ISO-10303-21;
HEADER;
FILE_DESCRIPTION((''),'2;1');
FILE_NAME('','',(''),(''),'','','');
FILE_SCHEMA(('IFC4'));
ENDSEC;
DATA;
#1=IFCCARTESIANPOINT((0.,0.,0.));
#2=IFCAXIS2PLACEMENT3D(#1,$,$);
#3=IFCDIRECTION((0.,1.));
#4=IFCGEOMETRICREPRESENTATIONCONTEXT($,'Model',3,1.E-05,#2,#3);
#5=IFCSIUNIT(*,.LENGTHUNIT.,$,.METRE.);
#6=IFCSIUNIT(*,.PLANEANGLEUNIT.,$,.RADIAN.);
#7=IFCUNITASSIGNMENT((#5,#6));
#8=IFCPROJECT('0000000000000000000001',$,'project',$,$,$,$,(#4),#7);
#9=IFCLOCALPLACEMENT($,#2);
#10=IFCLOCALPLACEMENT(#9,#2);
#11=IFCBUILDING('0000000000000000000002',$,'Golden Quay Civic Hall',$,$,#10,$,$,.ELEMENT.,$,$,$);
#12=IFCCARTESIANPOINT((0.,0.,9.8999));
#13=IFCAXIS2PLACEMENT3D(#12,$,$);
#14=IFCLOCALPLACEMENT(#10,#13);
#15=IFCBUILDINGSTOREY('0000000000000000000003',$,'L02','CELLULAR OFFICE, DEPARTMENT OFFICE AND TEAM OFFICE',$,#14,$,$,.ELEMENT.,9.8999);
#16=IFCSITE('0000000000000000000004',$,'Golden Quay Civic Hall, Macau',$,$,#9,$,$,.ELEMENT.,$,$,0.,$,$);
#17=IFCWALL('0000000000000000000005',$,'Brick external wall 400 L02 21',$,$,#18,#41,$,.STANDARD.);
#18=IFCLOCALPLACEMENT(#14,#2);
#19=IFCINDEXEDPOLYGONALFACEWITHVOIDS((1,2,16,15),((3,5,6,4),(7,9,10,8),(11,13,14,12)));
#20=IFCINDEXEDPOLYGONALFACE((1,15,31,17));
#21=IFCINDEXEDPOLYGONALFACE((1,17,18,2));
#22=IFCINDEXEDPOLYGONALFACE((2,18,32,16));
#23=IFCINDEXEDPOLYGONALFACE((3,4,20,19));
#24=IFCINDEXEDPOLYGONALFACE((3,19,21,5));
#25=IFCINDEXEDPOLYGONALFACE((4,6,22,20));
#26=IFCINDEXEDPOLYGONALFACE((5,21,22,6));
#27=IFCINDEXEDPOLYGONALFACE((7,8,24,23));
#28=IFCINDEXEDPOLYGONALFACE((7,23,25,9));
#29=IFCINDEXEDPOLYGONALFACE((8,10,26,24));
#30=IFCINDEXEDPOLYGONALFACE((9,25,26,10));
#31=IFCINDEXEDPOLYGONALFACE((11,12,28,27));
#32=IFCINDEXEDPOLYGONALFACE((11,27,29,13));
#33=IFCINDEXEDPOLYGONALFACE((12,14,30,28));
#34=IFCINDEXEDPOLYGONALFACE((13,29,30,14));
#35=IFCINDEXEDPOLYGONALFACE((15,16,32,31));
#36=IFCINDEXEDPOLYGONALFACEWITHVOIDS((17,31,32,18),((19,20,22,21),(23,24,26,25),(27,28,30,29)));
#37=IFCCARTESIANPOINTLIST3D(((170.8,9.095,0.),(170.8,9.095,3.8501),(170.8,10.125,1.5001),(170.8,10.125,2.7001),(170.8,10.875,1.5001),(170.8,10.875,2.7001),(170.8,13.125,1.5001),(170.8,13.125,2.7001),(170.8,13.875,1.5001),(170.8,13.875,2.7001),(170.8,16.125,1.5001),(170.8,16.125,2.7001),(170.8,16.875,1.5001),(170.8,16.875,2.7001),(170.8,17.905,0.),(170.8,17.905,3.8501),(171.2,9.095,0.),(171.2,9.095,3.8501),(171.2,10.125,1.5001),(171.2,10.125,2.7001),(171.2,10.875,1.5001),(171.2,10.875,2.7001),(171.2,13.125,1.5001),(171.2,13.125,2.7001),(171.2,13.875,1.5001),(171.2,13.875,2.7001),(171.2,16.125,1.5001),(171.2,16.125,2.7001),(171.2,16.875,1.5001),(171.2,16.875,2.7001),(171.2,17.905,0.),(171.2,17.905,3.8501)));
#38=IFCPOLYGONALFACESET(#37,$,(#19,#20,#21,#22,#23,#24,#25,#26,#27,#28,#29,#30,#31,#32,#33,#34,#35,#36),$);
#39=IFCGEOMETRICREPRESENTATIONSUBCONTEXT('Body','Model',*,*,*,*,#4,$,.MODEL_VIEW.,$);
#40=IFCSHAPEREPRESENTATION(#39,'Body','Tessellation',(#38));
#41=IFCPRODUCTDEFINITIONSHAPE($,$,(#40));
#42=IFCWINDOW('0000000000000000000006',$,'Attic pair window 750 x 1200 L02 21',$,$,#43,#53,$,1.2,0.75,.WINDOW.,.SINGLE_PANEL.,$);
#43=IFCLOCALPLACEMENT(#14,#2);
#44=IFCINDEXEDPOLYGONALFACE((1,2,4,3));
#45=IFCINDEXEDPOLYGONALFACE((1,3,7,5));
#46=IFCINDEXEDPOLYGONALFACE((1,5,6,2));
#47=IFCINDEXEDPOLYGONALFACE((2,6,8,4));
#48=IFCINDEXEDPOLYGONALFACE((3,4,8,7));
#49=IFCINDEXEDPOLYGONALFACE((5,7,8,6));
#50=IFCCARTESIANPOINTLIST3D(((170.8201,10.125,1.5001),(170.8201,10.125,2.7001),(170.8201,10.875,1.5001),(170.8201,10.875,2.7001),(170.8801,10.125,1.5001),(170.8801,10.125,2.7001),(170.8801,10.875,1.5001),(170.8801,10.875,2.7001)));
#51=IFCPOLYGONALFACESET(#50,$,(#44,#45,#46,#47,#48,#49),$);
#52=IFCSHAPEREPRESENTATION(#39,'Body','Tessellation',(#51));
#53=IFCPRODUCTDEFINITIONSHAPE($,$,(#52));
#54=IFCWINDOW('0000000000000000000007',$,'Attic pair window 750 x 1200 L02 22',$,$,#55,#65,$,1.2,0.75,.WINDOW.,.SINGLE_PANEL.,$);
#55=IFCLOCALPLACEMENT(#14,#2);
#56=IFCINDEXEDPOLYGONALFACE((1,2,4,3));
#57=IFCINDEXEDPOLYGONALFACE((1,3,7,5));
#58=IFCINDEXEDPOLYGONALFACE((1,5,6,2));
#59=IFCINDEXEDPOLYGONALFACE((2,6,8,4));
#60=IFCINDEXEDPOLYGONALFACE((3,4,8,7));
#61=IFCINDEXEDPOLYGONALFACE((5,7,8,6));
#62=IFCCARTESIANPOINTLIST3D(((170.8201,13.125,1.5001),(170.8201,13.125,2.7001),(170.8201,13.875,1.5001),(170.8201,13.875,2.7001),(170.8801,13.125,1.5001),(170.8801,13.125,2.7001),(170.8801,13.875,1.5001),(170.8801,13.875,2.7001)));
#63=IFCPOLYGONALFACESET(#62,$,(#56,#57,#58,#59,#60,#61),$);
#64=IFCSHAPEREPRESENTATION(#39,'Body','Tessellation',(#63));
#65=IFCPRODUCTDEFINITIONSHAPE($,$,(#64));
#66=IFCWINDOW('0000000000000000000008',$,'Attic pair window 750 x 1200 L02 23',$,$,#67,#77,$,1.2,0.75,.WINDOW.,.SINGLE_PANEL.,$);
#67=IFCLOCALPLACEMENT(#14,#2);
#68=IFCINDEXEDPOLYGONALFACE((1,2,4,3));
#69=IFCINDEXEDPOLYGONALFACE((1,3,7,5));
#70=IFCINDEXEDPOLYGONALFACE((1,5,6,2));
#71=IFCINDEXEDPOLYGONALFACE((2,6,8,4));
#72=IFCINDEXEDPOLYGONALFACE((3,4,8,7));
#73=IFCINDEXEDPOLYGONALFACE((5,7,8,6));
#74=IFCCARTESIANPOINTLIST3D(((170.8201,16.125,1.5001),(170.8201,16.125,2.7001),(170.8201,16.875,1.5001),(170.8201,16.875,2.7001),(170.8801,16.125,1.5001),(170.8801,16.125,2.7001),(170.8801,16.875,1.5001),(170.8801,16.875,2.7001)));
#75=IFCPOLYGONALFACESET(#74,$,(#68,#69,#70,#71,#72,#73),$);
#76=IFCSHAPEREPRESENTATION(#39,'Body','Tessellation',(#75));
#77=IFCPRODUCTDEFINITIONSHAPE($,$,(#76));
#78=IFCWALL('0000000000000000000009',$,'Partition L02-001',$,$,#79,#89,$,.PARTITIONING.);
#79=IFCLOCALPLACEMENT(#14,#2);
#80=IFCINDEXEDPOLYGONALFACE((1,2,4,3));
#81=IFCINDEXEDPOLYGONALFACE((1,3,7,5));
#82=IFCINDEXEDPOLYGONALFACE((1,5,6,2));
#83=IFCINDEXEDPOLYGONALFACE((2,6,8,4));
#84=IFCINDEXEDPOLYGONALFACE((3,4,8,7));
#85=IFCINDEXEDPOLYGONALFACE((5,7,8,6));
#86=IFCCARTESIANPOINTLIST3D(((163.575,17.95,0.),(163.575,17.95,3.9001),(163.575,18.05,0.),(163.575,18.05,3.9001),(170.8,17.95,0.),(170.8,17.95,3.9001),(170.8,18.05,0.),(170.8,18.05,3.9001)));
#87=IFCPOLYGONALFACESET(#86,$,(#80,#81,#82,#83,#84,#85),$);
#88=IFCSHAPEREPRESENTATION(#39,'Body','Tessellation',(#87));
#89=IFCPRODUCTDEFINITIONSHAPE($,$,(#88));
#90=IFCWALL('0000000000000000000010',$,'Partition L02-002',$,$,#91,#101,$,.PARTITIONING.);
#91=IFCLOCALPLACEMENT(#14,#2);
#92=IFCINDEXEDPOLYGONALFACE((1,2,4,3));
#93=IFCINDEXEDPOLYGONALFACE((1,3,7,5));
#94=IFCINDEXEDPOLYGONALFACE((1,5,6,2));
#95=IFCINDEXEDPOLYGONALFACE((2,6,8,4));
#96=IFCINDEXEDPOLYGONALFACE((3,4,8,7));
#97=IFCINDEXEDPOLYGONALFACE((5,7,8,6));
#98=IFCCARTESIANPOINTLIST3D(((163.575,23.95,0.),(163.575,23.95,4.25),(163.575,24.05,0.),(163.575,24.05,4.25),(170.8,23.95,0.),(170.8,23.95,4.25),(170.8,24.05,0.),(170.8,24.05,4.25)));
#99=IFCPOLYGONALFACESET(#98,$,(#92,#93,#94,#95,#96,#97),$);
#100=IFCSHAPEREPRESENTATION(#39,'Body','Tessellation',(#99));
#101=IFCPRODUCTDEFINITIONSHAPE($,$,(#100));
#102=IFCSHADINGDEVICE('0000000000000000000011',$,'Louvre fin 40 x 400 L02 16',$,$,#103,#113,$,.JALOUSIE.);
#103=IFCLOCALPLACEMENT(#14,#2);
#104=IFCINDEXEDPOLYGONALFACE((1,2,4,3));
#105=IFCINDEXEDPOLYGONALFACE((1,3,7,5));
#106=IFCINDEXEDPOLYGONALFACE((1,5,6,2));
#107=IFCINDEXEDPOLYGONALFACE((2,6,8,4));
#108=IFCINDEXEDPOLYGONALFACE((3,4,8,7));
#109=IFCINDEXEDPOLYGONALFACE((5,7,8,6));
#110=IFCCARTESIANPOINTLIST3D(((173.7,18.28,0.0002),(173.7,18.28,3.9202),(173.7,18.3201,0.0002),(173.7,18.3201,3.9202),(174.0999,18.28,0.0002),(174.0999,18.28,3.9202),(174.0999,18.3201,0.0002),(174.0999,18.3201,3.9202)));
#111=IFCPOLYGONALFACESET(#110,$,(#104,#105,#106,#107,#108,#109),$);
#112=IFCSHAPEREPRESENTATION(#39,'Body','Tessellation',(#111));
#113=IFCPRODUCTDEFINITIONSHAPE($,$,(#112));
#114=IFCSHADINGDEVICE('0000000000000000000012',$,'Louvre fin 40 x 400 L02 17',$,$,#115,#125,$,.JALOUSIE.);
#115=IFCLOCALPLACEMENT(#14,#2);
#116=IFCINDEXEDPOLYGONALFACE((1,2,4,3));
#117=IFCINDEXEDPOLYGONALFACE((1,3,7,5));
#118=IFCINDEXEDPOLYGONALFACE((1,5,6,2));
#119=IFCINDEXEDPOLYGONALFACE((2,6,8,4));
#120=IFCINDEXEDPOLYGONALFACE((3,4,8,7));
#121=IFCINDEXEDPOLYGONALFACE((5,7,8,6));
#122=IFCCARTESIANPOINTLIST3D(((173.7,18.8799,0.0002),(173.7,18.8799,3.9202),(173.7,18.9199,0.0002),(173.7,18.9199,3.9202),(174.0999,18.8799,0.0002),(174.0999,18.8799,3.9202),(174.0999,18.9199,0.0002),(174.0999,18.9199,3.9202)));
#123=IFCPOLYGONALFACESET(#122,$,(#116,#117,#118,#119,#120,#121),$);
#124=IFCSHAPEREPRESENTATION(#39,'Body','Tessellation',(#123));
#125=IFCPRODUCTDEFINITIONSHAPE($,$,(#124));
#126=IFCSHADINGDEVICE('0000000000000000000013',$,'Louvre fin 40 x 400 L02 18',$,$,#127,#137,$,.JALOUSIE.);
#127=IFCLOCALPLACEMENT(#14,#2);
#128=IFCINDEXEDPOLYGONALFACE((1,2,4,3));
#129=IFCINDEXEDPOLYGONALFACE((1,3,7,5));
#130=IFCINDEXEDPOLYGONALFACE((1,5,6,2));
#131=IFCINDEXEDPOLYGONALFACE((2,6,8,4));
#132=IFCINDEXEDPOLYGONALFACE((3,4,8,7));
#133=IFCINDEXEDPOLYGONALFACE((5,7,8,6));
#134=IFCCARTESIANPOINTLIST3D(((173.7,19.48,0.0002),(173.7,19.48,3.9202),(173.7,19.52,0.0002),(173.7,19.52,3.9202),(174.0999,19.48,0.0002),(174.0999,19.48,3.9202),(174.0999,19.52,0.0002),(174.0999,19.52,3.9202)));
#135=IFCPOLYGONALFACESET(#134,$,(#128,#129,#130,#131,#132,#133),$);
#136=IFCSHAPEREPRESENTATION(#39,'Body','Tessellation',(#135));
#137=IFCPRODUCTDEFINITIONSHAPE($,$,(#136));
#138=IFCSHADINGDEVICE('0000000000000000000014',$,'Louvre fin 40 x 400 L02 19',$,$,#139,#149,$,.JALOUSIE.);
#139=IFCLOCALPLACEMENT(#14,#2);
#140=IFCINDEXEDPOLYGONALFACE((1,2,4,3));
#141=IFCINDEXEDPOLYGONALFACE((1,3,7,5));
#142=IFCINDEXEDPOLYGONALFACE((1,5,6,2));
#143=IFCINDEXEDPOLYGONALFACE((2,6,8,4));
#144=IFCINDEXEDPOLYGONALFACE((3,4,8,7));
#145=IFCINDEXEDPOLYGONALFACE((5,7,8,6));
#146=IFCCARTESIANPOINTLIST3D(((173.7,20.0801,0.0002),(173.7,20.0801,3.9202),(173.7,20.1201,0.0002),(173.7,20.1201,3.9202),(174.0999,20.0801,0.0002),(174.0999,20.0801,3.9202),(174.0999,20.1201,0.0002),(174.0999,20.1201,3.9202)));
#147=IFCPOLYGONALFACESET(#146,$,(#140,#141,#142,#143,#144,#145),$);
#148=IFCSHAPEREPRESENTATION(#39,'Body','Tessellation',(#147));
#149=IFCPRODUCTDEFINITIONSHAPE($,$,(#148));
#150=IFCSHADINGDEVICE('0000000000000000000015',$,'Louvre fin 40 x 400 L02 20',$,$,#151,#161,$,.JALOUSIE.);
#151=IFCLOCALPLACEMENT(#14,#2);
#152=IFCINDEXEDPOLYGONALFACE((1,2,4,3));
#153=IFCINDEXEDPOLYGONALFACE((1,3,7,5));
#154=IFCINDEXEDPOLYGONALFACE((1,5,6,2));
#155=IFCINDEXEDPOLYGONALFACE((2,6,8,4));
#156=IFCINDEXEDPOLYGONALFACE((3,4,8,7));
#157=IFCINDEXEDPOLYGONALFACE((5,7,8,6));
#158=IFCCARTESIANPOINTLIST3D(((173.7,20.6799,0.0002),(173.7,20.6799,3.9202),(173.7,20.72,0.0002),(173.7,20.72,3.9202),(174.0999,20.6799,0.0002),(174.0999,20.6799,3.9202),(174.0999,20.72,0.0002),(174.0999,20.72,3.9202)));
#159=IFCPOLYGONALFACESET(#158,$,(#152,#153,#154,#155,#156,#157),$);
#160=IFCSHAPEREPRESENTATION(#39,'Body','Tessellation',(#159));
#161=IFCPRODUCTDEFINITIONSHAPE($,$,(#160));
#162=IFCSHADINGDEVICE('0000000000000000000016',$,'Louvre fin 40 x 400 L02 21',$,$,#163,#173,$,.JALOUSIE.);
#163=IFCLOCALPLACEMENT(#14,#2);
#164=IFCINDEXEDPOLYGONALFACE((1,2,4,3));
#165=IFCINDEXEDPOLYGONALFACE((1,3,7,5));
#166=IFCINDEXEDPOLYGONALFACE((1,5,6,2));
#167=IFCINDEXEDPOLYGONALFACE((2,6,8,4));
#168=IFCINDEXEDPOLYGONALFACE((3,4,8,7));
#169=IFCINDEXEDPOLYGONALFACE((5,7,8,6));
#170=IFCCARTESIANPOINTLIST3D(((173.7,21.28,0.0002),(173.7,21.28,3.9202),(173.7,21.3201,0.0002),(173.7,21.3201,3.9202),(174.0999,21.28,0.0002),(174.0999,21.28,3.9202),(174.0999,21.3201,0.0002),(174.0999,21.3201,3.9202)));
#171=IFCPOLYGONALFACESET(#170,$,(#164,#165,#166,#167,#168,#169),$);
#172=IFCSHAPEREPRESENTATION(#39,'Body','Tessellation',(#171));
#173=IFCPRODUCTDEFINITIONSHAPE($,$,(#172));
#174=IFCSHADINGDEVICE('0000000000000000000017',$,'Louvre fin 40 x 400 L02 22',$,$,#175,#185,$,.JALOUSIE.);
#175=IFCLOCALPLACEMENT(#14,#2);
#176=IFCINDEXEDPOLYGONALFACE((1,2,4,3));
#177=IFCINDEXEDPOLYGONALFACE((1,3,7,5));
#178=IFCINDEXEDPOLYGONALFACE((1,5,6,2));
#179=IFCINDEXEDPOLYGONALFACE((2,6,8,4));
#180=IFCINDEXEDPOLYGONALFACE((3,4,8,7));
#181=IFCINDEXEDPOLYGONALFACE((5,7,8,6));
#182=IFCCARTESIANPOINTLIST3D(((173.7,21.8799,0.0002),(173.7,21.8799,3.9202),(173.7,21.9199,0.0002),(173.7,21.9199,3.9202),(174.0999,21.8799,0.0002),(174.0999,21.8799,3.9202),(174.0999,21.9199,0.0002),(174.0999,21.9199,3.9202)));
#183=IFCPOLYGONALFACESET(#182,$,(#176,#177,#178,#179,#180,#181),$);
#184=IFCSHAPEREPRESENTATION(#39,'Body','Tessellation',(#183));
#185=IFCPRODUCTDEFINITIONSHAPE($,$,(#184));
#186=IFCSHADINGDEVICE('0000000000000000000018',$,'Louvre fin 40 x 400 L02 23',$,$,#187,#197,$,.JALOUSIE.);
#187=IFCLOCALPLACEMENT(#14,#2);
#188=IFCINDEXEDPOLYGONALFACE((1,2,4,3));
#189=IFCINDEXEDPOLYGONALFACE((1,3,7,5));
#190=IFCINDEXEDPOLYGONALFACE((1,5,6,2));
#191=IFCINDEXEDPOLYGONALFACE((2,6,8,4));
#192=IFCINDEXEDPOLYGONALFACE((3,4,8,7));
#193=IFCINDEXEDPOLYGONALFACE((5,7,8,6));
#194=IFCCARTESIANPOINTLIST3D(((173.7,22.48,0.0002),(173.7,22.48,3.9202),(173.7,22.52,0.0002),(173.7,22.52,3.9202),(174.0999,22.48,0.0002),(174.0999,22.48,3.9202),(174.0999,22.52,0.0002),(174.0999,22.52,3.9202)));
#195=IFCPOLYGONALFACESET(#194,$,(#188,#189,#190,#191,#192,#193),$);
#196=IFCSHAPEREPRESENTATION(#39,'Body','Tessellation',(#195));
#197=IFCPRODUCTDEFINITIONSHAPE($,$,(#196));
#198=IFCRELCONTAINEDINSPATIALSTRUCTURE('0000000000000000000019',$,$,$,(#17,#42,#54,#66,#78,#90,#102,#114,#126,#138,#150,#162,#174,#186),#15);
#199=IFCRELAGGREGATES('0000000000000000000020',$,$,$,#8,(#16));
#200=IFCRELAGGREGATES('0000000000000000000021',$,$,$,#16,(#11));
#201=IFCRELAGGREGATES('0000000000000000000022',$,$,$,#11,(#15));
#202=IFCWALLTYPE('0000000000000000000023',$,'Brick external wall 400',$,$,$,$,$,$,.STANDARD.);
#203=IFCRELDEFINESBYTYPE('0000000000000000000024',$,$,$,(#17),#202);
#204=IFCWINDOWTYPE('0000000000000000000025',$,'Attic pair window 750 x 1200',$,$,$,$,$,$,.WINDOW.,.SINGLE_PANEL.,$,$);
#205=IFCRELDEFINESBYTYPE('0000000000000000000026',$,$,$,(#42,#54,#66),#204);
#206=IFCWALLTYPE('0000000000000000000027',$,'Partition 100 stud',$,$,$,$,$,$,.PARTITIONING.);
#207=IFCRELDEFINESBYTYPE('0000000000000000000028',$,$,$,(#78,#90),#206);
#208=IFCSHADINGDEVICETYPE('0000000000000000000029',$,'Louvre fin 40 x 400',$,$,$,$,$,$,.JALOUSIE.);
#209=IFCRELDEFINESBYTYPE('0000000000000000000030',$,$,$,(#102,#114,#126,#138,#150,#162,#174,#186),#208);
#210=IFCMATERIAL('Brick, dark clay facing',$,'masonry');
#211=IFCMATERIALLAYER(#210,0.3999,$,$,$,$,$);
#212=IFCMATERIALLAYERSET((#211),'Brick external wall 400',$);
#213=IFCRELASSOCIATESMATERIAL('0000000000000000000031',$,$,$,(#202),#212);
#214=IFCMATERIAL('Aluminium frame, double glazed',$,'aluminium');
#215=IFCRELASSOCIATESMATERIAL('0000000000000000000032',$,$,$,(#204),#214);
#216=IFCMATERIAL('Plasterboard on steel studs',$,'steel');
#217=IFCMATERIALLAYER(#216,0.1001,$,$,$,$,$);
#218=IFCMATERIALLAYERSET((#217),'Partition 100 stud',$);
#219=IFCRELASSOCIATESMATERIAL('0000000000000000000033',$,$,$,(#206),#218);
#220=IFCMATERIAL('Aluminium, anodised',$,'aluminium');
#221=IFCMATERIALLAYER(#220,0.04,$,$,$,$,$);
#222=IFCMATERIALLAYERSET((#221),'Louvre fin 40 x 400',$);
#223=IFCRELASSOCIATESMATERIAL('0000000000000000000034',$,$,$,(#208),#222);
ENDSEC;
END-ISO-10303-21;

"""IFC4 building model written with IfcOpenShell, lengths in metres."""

from ifc_helpers import new_model, si_unit, direction, frame, frame_2d, origin, origin_2d, place, context, subcontext, project, spatial, rectangle, extrude, material, layer, layer_set, type_object, element, fill, save


model = new_model("IFC4")

# Units and contexts
model_context = context("Model", 3, precision=1e-05, world=origin(), true_north=direction((0.0, 1.0)))
body_context = subcontext(model_context, "Body", "Model", "MODEL_VIEW")
ifc_project = project(units=[si_unit("LENGTHUNIT", "METRE"), si_unit("PLANEANGLEUNIT", "RADIAN")], contexts=[model_context])

# Site, building, storey
site_placement = place(None, origin())
site = spatial("IfcSite", under=ifc_project, at=site_placement, Name="Golden Quay Civic Hall, Macau", CompositionType="ELEMENT", RefElevation=0.0)
building_placement = place(site_placement, origin())
building = spatial("IfcBuilding", under=site, at=building_placement, Name="Golden Quay Civic Hall", CompositionType="ELEMENT")
storey_placement = place(building_placement, frame((0.0, 0.0, 9.8999)))
storey = spatial("IfcBuildingStorey", under=building, at=storey_placement, Name="L02", Description="CELLULAR OFFICE, DEPARTMENT OFFICE AND TEAM OFFICE", CompositionType="ELEMENT", Elevation=9.8999)

# Wall, openings, windows
ifc_material_1 = material(Name="Brick, dark clay facing", Category="masonry")
ifc_layer_1 = layer(ifc_material_1, 0.3999)
ifc_layer_set_1 = layer_set([ifc_layer_1], Name="Brick external wall 400")
wall_type_1 = type_object("IfcWallType", Name="Brick external wall 400", PredefinedType="STANDARD", material=ifc_layer_set_1)
wall_1_placement = place(storey_placement, frame((171.0, 17.905, 0.0), z_axis=(0.0, 0.0, 1.0), x_axis=(0.0, -1.0, 0.0)))
wall_1 = element("IfcWall", 1, at=wall_1_placement, inside=storey, type_object=wall_type_1, Name="Brick external wall 400 L02 21", PredefinedType="STANDARD", context=body_context, shape_type="SweptSolid", body=[
    extrude(rectangle(XDim=8.8101, YDim=0.3999, at=frame_2d((4.405, 0.0))), origin(), (0.0, 0.0, 1.0), 3.8501),
])
opening_1_placement = place(wall_1_placement, frame((7.03, 0.0, 1.5)))
opening_1 = element("IfcOpeningElement", 2, at=opening_1_placement, cuts=wall_1, PredefinedType="OPENING", context=body_context, shape_type="SweptSolid", body=[
    extrude(rectangle(XDim=0.75, YDim=1.2, at=frame_2d((0.375, 0.6001))), frame((0.0, 0.21, 0.0), z_axis=(0.0, -1.0, 0.0), x_axis=(1.0, 0.0, 0.0)), (0.0, 0.0, 1.0), 0.4199),
])
opening_2_placement = place(wall_1_placement, frame((4.03, 0.0, 1.5)))
opening_2 = element("IfcOpeningElement", 3, at=opening_2_placement, cuts=wall_1, PredefinedType="OPENING", context=body_context, shape_type="SweptSolid", body=[
    extrude(rectangle(XDim=0.75, YDim=1.2, at=frame_2d((0.375, 0.6001))), frame((0.0, 0.21, 0.0), z_axis=(0.0, -1.0, 0.0), x_axis=(1.0, 0.0, 0.0)), (0.0, 0.0, 1.0), 0.4199),
])
opening_3_placement = place(wall_1_placement, frame((1.03, 0.0, 1.5)))
opening_3 = element("IfcOpeningElement", 4, at=opening_3_placement, cuts=wall_1, PredefinedType="OPENING", context=body_context, shape_type="SweptSolid", body=[
    extrude(rectangle(XDim=0.75, YDim=1.2, at=frame_2d((0.375, 0.6001))), frame((0.0, 0.21, 0.0), z_axis=(0.0, -1.0, 0.0), x_axis=(1.0, 0.0, 0.0)), (0.0, 0.0, 1.0), 0.4199),
])
ifc_material_2 = material(Name="Aluminium frame, double glazed", Category="aluminium")
window_type = type_object("IfcWindowType", Name="Attic pair window 750 x 1200", PartitioningType="SINGLE_PANEL", PredefinedType="WINDOW", material=ifc_material_2)
window_1_placement = place(opening_1_placement, origin())
window_1 = element("IfcWindow", 5, at=window_1_placement, inside=storey, type_object=window_type, Name="Attic pair window 750 x 1200 L02 21", OverallHeight=1.2, OverallWidth=0.75, PartitioningType="SINGLE_PANEL", PredefinedType="WINDOW", context=body_context, shape_type="SweptSolid", body=[
    extrude(rectangle(XDim=0.75, YDim=1.2, at=frame_2d((0.375, 0.6001))), frame((0.0, -0.1199, 0.0), z_axis=(0.0, -1.0, 0.0), x_axis=(1.0, 0.0, 0.0)), (0.0, 0.0, 1.0), 0.0601),
])
fill(opening_1, window_1)
window_2_placement = place(opening_2_placement, origin())
window_2 = element("IfcWindow", 6, at=window_2_placement, inside=storey, type_object=window_type, Name="Attic pair window 750 x 1200 L02 22", OverallHeight=1.2, OverallWidth=0.75, PartitioningType="SINGLE_PANEL", PredefinedType="WINDOW", context=body_context, shape_type="SweptSolid", body=[
    extrude(rectangle(XDim=0.75, YDim=1.2, at=frame_2d((0.375, 0.6001))), frame((0.0, -0.1199, 0.0), z_axis=(0.0, -1.0, 0.0), x_axis=(1.0, 0.0, 0.0)), (0.0, 0.0, 1.0), 0.0601),
])
fill(opening_2, window_2)
window_3_placement = place(opening_3_placement, origin())
window_3 = element("IfcWindow", 7, at=window_3_placement, inside=storey, type_object=window_type, Name="Attic pair window 750 x 1200 L02 23", OverallHeight=1.2, OverallWidth=0.75, PartitioningType="SINGLE_PANEL", PredefinedType="WINDOW", context=body_context, shape_type="SweptSolid", body=[
    extrude(rectangle(XDim=0.75, YDim=1.2, at=frame_2d((0.375, 0.6001))), frame((0.0, -0.1199, 0.0), z_axis=(0.0, -1.0, 0.0), x_axis=(1.0, 0.0, 0.0)), (0.0, 0.0, 1.0), 0.0601),
])
fill(opening_3, window_3)

# Walls
ifc_material_3 = material(Name="Plasterboard on steel studs", Category="steel")
ifc_layer_2 = layer(ifc_material_3, 0.1001)
ifc_layer_set_2 = layer_set([ifc_layer_2], Name="Partition 100 stud")
wall_type_2 = type_object("IfcWallType", Name="Partition 100 stud", PredefinedType="PARTITIONING", material=ifc_layer_set_2)
wall_2_placement = place(storey_placement, frame((163.575, 18.0, 0.0), z_axis=(0.0, 0.0, 1.0), x_axis=(1.0, 0.0, 0.0)))
element("IfcWall", 8, at=wall_2_placement, inside=storey, type_object=wall_type_2, Name="Partition L02-001", PredefinedType="PARTITIONING", context=body_context, shape_type="SweptSolid", body=[
    extrude(rectangle(XDim=7.2251, YDim=0.1001, at=frame_2d((3.6125, 0.0))), origin(), (0.0, 0.0, 1.0), 3.9001),
])
wall_3_placement = place(storey_placement, frame((163.575, 24.0, 0.0), z_axis=(0.0, 0.0, 1.0), x_axis=(1.0, 0.0, 0.0)))
element("IfcWall", 9, at=wall_3_placement, inside=storey, type_object=wall_type_2, Name="Partition L02-002", PredefinedType="PARTITIONING", context=body_context, shape_type="SweptSolid", body=[
    extrude(rectangle(XDim=7.2251, YDim=0.1001, at=frame_2d((3.6125, 0.0))), origin(), (0.0, 0.0, 1.0), 4.25),
])

# Shading devices
ifc_material_4 = material(Name="Aluminium, anodised", Category="aluminium")
ifc_layer_3 = layer(ifc_material_4, 0.04)
ifc_layer_set_3 = layer_set([ifc_layer_3], Name="Louvre fin 40 x 400")
shading_device_type = type_object("IfcShadingDeviceType", Name="Louvre fin 40 x 400", PredefinedType="JALOUSIE", material=ifc_layer_set_3)
for number, where, z_axis, x_axis, name in (
    (10, (173.8999, 18.3, 0.0002), (0.0, 0.0, 1.0), (0.0, 1.0, 0.0), "Louvre fin 40 x 400 L02 16"),
    (11, (173.8999, 18.8999, 0.0002), (0.0, 0.0, 1.0), (0.0, 1.0, 0.0), "Louvre fin 40 x 400 L02 17"),
    (12, (173.8999, 19.5, 0.0002), (0.0, 0.0, 1.0), (0.0, 1.0, 0.0), "Louvre fin 40 x 400 L02 18"),
    (13, (173.8999, 20.1001, 0.0002), (0.0, 0.0, 1.0), (0.0, 1.0, 0.0), "Louvre fin 40 x 400 L02 19"),
    (14, (173.8999, 20.7, 0.0002), (0.0, 0.0, 1.0), (0.0, 1.0, 0.0), "Louvre fin 40 x 400 L02 20"),
    (15, (173.8999, 21.3, 0.0002), (0.0, 0.0, 1.0), (0.0, 1.0, 0.0), "Louvre fin 40 x 400 L02 21"),
    (16, (173.8999, 21.8999, 0.0002), (0.0, 0.0, 1.0), (0.0, 1.0, 0.0), "Louvre fin 40 x 400 L02 22"),
    (17, (173.8999, 22.5, 0.0002), (0.0, 0.0, 1.0), (0.0, 1.0, 0.0), "Louvre fin 40 x 400 L02 23"),
):
    element("IfcShadingDevice", number, at=place(storey_placement, frame(where, z_axis=z_axis, x_axis=x_axis)), inside=storey, type_object=shading_device_type, Name=name, PredefinedType="JALOUSIE", context=body_context, shape_type="SweptSolid", body=[
        extrude(rectangle(XDim=0.04, YDim=0.3999, at=origin_2d()), origin(), (0.0, 0.0, 1.0), 3.9199),
    ])

save(model, "model.ifc")
